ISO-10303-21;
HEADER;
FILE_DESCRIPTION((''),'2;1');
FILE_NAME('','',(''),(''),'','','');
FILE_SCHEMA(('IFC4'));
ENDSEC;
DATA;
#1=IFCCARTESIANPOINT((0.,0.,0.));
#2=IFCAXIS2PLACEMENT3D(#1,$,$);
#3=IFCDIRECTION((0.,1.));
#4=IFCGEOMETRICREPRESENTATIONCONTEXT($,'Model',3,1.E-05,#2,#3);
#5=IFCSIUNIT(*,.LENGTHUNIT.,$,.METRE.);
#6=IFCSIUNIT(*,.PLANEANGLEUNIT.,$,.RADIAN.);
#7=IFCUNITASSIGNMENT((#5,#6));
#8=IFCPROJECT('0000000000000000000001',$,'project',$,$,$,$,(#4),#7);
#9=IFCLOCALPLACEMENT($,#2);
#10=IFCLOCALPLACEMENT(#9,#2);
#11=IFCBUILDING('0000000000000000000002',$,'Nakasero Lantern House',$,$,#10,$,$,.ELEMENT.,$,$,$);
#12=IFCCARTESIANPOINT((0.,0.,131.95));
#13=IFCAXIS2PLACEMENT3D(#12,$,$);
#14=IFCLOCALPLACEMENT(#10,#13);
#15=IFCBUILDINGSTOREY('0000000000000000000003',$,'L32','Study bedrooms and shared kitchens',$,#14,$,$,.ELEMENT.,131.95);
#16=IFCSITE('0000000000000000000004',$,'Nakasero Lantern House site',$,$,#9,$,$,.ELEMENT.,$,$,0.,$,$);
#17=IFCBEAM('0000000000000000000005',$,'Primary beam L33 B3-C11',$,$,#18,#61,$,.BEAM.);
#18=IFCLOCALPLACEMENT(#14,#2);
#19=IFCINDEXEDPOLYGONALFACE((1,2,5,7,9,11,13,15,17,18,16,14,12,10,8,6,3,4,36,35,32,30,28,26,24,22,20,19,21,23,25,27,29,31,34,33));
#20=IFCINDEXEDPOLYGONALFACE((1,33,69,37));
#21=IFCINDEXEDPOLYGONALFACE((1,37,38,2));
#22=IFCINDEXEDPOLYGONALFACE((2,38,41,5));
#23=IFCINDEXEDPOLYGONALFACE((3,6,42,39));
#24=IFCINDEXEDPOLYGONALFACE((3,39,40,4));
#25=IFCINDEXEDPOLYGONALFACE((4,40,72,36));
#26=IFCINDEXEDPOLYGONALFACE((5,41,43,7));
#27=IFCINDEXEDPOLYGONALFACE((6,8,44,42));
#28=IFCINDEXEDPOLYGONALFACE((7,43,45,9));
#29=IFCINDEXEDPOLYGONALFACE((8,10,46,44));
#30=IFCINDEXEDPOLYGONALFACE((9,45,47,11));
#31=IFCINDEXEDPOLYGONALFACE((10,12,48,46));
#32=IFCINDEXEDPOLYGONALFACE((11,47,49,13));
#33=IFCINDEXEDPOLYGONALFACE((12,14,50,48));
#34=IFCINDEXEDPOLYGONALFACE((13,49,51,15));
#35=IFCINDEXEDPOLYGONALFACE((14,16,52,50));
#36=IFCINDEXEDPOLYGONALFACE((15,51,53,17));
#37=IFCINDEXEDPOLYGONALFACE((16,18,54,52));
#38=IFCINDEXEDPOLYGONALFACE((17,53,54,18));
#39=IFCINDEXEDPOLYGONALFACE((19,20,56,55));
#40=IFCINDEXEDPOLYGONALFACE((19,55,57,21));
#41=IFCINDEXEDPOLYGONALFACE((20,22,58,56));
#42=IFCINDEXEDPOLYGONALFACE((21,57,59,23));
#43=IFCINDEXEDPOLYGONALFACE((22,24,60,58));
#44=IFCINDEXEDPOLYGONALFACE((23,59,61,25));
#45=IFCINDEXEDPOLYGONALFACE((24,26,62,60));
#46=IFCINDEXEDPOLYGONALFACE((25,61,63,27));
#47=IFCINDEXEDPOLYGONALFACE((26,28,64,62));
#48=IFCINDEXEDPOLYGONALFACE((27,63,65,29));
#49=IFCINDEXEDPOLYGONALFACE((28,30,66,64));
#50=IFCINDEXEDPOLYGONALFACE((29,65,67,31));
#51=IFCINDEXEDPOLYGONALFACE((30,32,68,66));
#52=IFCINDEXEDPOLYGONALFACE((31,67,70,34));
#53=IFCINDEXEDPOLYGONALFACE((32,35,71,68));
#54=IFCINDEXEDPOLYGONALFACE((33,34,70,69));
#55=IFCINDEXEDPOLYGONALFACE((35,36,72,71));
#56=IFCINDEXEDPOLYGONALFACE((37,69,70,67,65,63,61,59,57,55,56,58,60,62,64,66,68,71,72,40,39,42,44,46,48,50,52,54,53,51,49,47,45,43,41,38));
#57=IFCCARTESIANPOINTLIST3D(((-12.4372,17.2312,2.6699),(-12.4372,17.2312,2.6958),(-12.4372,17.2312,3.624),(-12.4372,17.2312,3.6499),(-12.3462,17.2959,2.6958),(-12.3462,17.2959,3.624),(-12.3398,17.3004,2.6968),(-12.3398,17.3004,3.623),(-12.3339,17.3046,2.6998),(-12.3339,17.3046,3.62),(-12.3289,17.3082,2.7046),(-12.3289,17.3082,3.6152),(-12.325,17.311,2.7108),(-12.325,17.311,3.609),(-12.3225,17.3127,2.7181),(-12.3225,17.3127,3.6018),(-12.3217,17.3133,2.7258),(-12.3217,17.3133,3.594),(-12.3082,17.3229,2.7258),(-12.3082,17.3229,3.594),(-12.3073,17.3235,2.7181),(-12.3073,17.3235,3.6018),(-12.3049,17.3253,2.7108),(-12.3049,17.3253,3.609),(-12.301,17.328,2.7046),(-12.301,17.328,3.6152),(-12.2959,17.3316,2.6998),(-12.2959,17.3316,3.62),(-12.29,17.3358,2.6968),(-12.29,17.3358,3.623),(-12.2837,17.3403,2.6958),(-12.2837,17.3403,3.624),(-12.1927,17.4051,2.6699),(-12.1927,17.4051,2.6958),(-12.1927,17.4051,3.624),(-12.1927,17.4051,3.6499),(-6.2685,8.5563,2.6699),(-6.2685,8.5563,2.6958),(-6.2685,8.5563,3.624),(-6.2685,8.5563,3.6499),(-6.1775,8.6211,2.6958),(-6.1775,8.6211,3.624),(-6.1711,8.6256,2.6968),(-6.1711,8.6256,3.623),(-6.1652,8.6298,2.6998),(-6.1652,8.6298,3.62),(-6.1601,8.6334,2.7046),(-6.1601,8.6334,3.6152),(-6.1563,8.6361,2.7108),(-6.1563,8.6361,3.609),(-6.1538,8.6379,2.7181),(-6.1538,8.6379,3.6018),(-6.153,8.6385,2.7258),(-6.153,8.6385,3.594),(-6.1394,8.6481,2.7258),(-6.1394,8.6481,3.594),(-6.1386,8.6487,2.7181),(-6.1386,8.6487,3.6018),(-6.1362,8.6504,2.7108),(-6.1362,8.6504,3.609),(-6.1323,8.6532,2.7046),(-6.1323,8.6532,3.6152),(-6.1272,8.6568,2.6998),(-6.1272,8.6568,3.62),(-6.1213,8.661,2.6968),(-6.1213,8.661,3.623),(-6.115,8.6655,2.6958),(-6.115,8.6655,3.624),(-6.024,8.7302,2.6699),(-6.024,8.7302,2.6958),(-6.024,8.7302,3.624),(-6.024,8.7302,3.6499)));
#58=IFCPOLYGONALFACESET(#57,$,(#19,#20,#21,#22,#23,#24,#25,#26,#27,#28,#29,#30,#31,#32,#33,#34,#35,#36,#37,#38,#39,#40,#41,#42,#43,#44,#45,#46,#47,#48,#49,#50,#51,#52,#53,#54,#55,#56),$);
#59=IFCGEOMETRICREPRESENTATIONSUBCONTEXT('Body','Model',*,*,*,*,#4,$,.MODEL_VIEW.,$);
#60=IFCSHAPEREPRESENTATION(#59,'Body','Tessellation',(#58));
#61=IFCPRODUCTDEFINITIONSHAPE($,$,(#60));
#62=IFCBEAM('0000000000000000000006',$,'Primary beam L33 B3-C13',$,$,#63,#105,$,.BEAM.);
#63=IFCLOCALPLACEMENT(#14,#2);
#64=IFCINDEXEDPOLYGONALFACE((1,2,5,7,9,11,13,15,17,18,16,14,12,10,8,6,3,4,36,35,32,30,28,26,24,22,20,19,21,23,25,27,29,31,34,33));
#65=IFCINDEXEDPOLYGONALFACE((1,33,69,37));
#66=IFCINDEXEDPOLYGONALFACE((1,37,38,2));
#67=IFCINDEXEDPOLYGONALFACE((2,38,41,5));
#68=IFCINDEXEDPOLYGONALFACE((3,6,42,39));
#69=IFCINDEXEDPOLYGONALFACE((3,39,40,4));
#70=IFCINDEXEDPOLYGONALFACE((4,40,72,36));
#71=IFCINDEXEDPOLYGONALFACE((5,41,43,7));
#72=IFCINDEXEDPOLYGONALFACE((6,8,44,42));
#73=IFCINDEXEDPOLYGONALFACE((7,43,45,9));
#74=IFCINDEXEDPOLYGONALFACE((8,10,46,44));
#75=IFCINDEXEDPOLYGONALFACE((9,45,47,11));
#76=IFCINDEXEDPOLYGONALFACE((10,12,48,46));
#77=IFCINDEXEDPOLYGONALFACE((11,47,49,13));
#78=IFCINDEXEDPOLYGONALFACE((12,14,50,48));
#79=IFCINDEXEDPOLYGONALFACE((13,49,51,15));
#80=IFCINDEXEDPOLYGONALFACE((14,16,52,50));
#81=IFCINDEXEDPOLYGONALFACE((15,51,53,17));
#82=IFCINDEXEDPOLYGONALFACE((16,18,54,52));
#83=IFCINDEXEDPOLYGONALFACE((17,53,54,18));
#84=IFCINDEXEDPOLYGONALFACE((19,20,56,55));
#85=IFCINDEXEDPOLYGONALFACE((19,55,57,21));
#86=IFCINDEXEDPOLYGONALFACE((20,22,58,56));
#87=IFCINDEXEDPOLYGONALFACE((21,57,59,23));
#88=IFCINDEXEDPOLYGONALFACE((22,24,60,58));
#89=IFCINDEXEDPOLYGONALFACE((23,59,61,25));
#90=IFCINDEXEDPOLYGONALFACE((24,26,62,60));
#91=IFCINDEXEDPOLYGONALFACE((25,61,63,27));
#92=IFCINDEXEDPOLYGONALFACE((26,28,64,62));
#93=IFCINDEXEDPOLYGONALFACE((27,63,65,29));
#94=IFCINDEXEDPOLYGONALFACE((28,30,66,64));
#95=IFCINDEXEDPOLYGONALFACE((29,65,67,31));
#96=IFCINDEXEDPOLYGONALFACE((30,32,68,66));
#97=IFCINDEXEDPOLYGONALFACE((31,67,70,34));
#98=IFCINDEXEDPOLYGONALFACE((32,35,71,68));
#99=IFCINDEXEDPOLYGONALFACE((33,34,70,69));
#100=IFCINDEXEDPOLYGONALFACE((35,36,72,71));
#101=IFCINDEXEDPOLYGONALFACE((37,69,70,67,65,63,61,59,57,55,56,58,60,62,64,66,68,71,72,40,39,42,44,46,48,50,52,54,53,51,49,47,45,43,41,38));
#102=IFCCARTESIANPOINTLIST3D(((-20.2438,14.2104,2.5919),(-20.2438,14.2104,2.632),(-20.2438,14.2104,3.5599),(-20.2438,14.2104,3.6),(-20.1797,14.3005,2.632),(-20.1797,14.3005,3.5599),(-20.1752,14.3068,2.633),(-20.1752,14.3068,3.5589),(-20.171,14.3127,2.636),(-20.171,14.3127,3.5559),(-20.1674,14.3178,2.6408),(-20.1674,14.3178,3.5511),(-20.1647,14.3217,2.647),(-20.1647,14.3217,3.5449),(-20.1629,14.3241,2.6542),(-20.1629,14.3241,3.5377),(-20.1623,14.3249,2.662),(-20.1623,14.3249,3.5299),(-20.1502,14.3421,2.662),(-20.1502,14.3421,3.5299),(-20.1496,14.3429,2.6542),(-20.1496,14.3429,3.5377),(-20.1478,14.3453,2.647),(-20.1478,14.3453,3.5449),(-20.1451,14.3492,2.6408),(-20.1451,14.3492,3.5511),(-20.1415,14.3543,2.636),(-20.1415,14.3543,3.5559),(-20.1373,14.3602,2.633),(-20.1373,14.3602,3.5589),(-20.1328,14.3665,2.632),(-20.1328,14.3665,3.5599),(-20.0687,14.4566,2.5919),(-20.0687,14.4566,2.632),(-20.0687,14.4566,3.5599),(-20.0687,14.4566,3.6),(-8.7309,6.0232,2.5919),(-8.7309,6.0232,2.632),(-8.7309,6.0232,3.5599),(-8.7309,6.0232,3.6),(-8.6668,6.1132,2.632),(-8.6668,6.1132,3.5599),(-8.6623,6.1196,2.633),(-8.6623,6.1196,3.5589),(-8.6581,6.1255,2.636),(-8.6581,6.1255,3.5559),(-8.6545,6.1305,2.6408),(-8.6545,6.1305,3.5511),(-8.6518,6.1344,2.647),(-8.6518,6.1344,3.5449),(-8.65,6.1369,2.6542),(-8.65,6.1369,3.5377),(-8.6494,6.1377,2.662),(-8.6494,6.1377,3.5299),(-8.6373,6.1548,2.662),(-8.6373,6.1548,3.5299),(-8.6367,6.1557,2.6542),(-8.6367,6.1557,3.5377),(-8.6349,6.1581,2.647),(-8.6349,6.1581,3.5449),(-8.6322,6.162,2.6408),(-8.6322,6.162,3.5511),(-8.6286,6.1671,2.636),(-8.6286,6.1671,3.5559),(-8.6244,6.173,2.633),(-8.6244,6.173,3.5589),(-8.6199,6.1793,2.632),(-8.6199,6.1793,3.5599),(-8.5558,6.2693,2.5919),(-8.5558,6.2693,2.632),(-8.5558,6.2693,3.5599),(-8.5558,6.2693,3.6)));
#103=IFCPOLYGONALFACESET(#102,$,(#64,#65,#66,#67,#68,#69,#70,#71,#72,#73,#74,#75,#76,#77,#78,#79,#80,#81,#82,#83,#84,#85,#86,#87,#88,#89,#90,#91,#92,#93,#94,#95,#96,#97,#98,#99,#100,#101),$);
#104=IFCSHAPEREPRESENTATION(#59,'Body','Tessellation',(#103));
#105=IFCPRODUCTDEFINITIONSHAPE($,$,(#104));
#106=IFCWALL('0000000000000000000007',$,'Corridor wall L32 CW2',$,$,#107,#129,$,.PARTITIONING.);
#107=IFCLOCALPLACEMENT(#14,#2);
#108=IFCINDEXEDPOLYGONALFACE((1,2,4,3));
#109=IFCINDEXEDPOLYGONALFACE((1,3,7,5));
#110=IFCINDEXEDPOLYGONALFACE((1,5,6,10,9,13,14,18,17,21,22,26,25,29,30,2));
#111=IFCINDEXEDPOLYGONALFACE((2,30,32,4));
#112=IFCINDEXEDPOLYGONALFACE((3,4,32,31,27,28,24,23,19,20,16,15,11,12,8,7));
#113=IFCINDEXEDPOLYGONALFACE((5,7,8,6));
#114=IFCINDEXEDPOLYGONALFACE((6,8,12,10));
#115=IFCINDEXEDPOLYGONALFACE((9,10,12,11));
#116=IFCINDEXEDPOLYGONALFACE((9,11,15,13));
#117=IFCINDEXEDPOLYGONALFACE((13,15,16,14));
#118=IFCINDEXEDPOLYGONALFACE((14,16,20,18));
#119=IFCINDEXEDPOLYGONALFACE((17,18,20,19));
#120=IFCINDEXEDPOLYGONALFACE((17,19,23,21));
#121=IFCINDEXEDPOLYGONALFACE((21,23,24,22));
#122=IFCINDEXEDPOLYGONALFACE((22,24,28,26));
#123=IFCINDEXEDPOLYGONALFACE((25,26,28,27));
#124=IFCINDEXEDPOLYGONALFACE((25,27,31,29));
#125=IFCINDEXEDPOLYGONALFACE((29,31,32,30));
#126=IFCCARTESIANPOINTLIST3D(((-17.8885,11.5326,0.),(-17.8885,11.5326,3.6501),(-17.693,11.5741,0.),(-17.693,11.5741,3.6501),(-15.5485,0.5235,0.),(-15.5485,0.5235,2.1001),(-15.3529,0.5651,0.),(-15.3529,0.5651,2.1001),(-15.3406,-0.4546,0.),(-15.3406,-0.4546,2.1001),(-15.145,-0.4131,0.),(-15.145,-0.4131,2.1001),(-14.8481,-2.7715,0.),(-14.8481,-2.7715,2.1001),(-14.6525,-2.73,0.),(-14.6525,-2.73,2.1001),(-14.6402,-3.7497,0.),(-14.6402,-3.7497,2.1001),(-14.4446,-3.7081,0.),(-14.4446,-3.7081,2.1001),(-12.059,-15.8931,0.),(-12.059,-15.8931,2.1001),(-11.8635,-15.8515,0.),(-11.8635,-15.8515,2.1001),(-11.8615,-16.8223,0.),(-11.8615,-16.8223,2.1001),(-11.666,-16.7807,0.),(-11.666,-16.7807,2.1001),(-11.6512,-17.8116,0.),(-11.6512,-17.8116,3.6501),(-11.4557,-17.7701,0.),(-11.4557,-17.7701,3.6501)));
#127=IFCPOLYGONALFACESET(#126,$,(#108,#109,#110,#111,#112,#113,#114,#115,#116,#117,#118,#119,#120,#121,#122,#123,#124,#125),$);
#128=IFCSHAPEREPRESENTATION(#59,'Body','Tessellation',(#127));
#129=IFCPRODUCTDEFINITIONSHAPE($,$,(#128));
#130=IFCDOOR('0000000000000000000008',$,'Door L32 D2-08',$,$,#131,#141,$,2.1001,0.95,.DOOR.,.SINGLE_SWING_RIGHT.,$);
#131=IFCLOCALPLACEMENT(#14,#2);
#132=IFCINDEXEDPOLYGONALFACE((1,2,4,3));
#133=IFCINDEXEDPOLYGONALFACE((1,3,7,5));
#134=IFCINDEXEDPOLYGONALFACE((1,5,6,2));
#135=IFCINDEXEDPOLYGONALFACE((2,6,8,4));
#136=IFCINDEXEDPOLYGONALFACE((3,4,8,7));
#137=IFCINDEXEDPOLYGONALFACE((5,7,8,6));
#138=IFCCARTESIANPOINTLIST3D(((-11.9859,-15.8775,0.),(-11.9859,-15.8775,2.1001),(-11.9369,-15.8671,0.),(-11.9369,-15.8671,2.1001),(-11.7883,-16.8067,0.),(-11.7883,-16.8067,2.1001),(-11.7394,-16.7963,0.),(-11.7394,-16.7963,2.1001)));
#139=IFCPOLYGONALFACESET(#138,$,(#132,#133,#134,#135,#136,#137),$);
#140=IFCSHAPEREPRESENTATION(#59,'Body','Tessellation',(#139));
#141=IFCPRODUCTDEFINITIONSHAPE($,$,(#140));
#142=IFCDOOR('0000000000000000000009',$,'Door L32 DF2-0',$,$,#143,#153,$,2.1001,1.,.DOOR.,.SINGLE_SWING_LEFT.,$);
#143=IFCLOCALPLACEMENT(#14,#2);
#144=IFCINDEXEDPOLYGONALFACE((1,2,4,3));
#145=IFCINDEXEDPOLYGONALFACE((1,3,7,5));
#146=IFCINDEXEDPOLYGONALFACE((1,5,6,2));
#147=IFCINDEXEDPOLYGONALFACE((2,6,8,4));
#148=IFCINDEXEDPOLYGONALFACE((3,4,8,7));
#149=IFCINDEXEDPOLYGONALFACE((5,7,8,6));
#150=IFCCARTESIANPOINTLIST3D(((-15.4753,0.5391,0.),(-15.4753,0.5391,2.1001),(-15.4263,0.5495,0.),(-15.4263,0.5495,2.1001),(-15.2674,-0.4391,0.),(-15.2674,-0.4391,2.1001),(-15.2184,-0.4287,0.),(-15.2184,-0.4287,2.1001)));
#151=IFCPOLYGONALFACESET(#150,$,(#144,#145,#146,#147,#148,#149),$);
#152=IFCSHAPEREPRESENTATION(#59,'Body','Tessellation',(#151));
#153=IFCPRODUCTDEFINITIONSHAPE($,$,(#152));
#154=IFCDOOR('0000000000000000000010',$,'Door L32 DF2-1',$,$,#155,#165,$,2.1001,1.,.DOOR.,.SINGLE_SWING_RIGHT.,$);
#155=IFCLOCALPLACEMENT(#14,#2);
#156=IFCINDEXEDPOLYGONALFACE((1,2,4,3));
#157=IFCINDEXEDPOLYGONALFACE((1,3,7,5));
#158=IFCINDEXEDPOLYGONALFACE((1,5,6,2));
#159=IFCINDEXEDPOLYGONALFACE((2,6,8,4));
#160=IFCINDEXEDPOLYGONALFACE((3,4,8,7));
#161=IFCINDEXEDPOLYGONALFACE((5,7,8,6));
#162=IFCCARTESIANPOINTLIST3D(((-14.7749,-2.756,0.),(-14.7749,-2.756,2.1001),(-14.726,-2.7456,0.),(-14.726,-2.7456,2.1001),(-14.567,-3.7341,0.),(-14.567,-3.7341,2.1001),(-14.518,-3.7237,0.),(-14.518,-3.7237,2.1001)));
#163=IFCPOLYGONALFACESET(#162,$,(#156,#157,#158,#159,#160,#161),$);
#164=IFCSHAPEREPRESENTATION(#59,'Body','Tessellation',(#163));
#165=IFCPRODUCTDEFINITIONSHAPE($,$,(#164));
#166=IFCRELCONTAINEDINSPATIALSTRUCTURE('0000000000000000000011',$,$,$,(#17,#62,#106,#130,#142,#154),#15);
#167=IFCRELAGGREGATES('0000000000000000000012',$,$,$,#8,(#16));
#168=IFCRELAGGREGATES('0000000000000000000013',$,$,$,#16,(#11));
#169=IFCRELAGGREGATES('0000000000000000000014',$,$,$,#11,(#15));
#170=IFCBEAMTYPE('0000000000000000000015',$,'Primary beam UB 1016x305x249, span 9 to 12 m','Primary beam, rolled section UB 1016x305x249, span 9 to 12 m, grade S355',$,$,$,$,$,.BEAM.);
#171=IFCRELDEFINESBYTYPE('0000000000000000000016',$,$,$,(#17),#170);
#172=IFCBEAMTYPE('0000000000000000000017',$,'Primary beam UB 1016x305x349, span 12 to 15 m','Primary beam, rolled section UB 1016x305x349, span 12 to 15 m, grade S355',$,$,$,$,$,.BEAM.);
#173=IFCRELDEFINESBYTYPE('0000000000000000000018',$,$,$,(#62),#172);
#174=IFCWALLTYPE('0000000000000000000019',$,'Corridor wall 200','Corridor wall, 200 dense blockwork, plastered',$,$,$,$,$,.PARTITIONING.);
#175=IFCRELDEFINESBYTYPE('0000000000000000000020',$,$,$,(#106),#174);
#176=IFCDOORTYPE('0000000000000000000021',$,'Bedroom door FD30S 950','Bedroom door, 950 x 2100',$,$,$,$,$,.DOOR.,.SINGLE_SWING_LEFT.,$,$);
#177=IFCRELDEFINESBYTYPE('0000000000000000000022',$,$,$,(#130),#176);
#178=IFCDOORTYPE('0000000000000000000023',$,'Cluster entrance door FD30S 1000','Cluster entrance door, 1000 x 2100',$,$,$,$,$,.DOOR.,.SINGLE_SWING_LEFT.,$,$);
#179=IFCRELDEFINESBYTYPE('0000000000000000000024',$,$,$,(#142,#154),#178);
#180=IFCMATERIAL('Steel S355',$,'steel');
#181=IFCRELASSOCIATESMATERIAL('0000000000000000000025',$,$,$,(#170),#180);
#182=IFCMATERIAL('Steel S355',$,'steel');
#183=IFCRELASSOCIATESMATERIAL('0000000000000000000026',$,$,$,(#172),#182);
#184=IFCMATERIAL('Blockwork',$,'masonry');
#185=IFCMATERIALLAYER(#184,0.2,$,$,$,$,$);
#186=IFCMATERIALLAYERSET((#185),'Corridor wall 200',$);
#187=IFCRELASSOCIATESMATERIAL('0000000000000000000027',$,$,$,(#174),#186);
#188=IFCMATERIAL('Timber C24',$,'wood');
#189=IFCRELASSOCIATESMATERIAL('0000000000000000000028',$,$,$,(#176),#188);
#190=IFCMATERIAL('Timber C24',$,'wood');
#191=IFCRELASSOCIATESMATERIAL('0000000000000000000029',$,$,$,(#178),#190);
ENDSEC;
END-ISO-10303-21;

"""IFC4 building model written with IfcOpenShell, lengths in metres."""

from ifc_helpers import new_model, si_unit, direction, frame, frame_2d, origin, origin_2d, place, context, subcontext, project, spatial, rectangle, i_section, extrude, material, layer, layer_set, material_profile, profile_set, type_object, element, fill, save


model = new_model("IFC4")

# Units and contexts
model_context = context("Model", 3, precision=1e-05, world=origin(), true_north=direction((0.0, 1.0)))
body_context = subcontext(model_context, "Body", "Model", "MODEL_VIEW")
ifc_project = project(units=[si_unit("LENGTHUNIT", "METRE"), si_unit("PLANEANGLEUNIT", "RADIAN")], contexts=[model_context])

# Site, building, storey
site_placement = place(None, origin())
site = spatial("IfcSite", under=ifc_project, at=site_placement, Name="Nakasero Lantern House site", CompositionType="ELEMENT", RefElevation=0.0)
building_placement = place(site_placement, origin())
building = spatial("IfcBuilding", under=site, at=building_placement, Name="Nakasero Lantern House", CompositionType="ELEMENT")
storey_placement = place(building_placement, frame((0.0, 0.0, 131.95)))
storey = spatial("IfcBuildingStorey", under=building, at=storey_placement, Name="L32", Description="Study bedrooms and shared kitchens", CompositionType="ELEMENT", Elevation=131.95)

# Beams
ifc_material_1 = material(Name="Steel S355", Category="steel")
ifc_material_profile_1 = material_profile(ifc_material_1, i_section(OverallWidth=0.3, OverallDepth=0.98, WebThickness=0.0166, FlangeThickness=0.0259, FilletRadius=0.03, at=origin_2d()), Name="UB 1016x305x249")
ifc_profile_set_1 = profile_set([ifc_material_profile_1], Name="Steel S355")
beam_type_1 = type_object("IfcBeamType", Name="Primary beam UB 1016x305x249, span 9 to 12 m", Description="Primary beam, rolled section UB 1016x305x249, span 9 to 12 m, grade S355", PredefinedType="BEAM", material=ifc_profile_set_1)
beam_1_placement = place(storey_placement, frame((-12.3149, 17.3181, 3.1599), z_axis=(0.579521, -0.814957, 0.0), x_axis=(0.814957, 0.579521, 0.0)))
element("IfcBeam", 1, at=beam_1_placement, inside=storey, type_object=beam_type_1, Name="Primary beam L33 B3-C11", PredefinedType="BEAM", context=body_context, shape_type="SweptSolid", body=[
    extrude(i_section(OverallWidth=0.3, OverallDepth=0.98, WebThickness=0.0166, FlangeThickness=0.0259, FilletRadius=0.03, at=origin_2d()), origin(), (0.0, 0.0, 1.0), 10.6445),
])
ifc_material_2 = material(Name="Steel S355", Category="steel")
ifc_material_profile_2 = material_profile(ifc_material_2, i_section(OverallWidth=0.302, OverallDepth=1.0081, WebThickness=0.021, FlangeThickness=0.04, FilletRadius=0.03, at=origin_2d()), Name="UB 1016x305x349")
ifc_profile_set_2 = profile_set([ifc_material_profile_2], Name="Steel S355")
beam_type_2 = type_object("IfcBeamType", Name="Primary beam UB 1016x305x349, span 12 to 15 m", Description="Primary beam, rolled section UB 1016x305x349, span 12 to 15 m, grade S355", PredefinedType="BEAM", material=ifc_profile_set_2)
beam_2_placement = place(storey_placement, frame((-20.1562, 14.3335, 3.0959), z_axis=(0.814946, -0.579537, 0.0), x_axis=(0.579537, 0.814946, 0.0)))
element("IfcBeam", 2, at=beam_2_placement, inside=storey, type_object=beam_type_2, Name="Primary beam L33 B3-C13", PredefinedType="BEAM", context=body_context, shape_type="SweptSolid", body=[
    extrude(i_section(OverallWidth=0.302, OverallDepth=1.0081, WebThickness=0.021, FlangeThickness=0.04, FilletRadius=0.03, at=origin_2d()), origin(), (0.0, 0.0, 1.0), 14.1272),
])

# Wall, openings, doors
ifc_material_3 = material(Name="Blockwork", Category="masonry")
ifc_layer_1 = layer(ifc_material_3, 0.2)
ifc_layer_set_1 = layer_set([ifc_layer_1], Name="Corridor wall 200")
wall_type_1 = type_object("IfcWallType", Name="Corridor wall 200", Description="Corridor wall, 200 dense blockwork, plastered", PredefinedType="PARTITIONING", material=ifc_layer_set_1)
wall_1_placement = place(storey_placement, frame((-17.7908, 11.5535, 0.0), z_axis=(0.0, 0.0, 1.0), x_axis=(0.207912, -0.978148, 0.0)))
wall_1 = element("IfcWall", 3, at=wall_1_placement, inside=storey, type_object=wall_type_1, Name="Corridor wall L32 CW2", PredefinedType="PARTITIONING", context=body_context, shape_type="SweptSolid", body=[
    extrude(rectangle(XDim=29.9998, YDim=0.2, at=frame_2d((15.0, 0.0))), origin(), (0.0, 0.0, 1.0), 3.6501),
])
opening_1_placement = place(wall_1_placement, frame((11.2551, 0.0, 0.0)))
opening_1 = element("IfcOpeningElement", 4, at=opening_1_placement, cuts=wall_1, PredefinedType="OPENING", context=body_context, shape_type="SweptSolid", body=[
    extrude(rectangle(XDim=1.0, YDim=2.1001, at=frame_2d((0.5, 1.05))), frame((0.0, 0.1199, 0.0), z_axis=(0.0, -1.0, 0.0), x_axis=(1.0, 0.0, 0.0)), (0.0, 0.0, 1.0), 0.24),
])
opening_2_placement = place(wall_1_placement, frame((14.6238, 0.0, 0.0)))
opening_2 = element("IfcOpeningElement", 5, at=opening_2_placement, cuts=wall_1, PredefinedType="OPENING", context=body_context, shape_type="SweptSolid", body=[
    extrude(rectangle(XDim=1.0, YDim=2.1001, at=frame_2d((0.5, 1.05))), frame((0.0, 0.1199, 0.0), z_axis=(0.0, -1.0, 0.0), x_axis=(1.0, 0.0, 0.0)), (0.0, 0.0, 1.0), 0.24),
])
opening_3_placement = place(wall_1_placement, frame((28.0383, 0.0, 0.0)))
opening_3 = element("IfcOpeningElement", 6, at=opening_3_placement, cuts=wall_1, PredefinedType="OPENING", context=body_context, shape_type="SweptSolid", body=[
    extrude(rectangle(XDim=0.95, YDim=2.1001, at=frame_2d((0.4751, 1.05))), frame((0.0, 0.1199, 0.0), z_axis=(0.0, -1.0, 0.0), x_axis=(1.0, 0.0, 0.0)), (0.0, 0.0, 1.0), 0.24),
])
ifc_material_4 = material(Name="Timber C24", Category="wood")
door_type_1 = type_object("IfcDoorType", Name="Bedroom door FD30S 950", Description="Bedroom door, 950 x 2100", OperationType="SINGLE_SWING_LEFT", PredefinedType="DOOR", material=ifc_material_4)
door_1_placement = place(opening_3_placement, origin())
door_1 = element("IfcDoor", 7, at=door_1_placement, inside=storey, type_object=door_type_1, Name="Door L32 D2-08", OperationType="SINGLE_SWING_RIGHT", OverallHeight=2.1001, OverallWidth=0.95, PredefinedType="DOOR", context=body_context, shape_type="SweptSolid", body=[
    extrude(rectangle(XDim=0.95, YDim=2.1001, at=frame_2d((0.4751, 1.05))), frame((0.0, 0.0249, 0.0), z_axis=(0.0, -1.0, 0.0), x_axis=(1.0, 0.0, 0.0)), (0.0, 0.0, 1.0), 0.05),
])
fill(opening_3, door_1)
ifc_material_5 = material(Name="Timber C24", Category="wood")
door_type_2 = type_object("IfcDoorType", Name="Cluster entrance door FD30S 1000", Description="Cluster entrance door, 1000 x 2100", OperationType="SINGLE_SWING_LEFT", PredefinedType="DOOR", material=ifc_material_5)
door_2_placement = place(opening_1_placement, origin())
door_2 = element("IfcDoor", 8, at=door_2_placement, inside=storey, type_object=door_type_2, Name="Door L32 DF2-0", OperationType="SINGLE_SWING_LEFT", OverallHeight=2.1001, OverallWidth=1.0, PredefinedType="DOOR", context=body_context, shape_type="SweptSolid", body=[
    extrude(rectangle(XDim=1.0, YDim=2.1001, at=frame_2d((0.5, 1.05))), frame((0.0, 0.0249, 0.0), z_axis=(0.0, -1.0, 0.0), x_axis=(1.0, 0.0, 0.0)), (0.0, 0.0, 1.0), 0.05),
])
fill(opening_1, door_2)
door_3_placement = place(opening_2_placement, origin())
door_3 = element("IfcDoor", 9, at=door_3_placement, inside=storey, type_object=door_type_2, Name="Door L32 DF2-1", OperationType="SINGLE_SWING_RIGHT", OverallHeight=2.1001, OverallWidth=1.0, PredefinedType="DOOR", context=body_context, shape_type="SweptSolid", body=[
    extrude(rectangle(XDim=1.0, YDim=2.1001, at=frame_2d((0.5, 1.05))), frame((0.0, 0.0249, 0.0), z_axis=(0.0, -1.0, 0.0), x_axis=(1.0, 0.0, 0.0)), (0.0, 0.0, 1.0), 0.05),
])
fill(opening_2, door_3)

save(model, "model.ifc")
